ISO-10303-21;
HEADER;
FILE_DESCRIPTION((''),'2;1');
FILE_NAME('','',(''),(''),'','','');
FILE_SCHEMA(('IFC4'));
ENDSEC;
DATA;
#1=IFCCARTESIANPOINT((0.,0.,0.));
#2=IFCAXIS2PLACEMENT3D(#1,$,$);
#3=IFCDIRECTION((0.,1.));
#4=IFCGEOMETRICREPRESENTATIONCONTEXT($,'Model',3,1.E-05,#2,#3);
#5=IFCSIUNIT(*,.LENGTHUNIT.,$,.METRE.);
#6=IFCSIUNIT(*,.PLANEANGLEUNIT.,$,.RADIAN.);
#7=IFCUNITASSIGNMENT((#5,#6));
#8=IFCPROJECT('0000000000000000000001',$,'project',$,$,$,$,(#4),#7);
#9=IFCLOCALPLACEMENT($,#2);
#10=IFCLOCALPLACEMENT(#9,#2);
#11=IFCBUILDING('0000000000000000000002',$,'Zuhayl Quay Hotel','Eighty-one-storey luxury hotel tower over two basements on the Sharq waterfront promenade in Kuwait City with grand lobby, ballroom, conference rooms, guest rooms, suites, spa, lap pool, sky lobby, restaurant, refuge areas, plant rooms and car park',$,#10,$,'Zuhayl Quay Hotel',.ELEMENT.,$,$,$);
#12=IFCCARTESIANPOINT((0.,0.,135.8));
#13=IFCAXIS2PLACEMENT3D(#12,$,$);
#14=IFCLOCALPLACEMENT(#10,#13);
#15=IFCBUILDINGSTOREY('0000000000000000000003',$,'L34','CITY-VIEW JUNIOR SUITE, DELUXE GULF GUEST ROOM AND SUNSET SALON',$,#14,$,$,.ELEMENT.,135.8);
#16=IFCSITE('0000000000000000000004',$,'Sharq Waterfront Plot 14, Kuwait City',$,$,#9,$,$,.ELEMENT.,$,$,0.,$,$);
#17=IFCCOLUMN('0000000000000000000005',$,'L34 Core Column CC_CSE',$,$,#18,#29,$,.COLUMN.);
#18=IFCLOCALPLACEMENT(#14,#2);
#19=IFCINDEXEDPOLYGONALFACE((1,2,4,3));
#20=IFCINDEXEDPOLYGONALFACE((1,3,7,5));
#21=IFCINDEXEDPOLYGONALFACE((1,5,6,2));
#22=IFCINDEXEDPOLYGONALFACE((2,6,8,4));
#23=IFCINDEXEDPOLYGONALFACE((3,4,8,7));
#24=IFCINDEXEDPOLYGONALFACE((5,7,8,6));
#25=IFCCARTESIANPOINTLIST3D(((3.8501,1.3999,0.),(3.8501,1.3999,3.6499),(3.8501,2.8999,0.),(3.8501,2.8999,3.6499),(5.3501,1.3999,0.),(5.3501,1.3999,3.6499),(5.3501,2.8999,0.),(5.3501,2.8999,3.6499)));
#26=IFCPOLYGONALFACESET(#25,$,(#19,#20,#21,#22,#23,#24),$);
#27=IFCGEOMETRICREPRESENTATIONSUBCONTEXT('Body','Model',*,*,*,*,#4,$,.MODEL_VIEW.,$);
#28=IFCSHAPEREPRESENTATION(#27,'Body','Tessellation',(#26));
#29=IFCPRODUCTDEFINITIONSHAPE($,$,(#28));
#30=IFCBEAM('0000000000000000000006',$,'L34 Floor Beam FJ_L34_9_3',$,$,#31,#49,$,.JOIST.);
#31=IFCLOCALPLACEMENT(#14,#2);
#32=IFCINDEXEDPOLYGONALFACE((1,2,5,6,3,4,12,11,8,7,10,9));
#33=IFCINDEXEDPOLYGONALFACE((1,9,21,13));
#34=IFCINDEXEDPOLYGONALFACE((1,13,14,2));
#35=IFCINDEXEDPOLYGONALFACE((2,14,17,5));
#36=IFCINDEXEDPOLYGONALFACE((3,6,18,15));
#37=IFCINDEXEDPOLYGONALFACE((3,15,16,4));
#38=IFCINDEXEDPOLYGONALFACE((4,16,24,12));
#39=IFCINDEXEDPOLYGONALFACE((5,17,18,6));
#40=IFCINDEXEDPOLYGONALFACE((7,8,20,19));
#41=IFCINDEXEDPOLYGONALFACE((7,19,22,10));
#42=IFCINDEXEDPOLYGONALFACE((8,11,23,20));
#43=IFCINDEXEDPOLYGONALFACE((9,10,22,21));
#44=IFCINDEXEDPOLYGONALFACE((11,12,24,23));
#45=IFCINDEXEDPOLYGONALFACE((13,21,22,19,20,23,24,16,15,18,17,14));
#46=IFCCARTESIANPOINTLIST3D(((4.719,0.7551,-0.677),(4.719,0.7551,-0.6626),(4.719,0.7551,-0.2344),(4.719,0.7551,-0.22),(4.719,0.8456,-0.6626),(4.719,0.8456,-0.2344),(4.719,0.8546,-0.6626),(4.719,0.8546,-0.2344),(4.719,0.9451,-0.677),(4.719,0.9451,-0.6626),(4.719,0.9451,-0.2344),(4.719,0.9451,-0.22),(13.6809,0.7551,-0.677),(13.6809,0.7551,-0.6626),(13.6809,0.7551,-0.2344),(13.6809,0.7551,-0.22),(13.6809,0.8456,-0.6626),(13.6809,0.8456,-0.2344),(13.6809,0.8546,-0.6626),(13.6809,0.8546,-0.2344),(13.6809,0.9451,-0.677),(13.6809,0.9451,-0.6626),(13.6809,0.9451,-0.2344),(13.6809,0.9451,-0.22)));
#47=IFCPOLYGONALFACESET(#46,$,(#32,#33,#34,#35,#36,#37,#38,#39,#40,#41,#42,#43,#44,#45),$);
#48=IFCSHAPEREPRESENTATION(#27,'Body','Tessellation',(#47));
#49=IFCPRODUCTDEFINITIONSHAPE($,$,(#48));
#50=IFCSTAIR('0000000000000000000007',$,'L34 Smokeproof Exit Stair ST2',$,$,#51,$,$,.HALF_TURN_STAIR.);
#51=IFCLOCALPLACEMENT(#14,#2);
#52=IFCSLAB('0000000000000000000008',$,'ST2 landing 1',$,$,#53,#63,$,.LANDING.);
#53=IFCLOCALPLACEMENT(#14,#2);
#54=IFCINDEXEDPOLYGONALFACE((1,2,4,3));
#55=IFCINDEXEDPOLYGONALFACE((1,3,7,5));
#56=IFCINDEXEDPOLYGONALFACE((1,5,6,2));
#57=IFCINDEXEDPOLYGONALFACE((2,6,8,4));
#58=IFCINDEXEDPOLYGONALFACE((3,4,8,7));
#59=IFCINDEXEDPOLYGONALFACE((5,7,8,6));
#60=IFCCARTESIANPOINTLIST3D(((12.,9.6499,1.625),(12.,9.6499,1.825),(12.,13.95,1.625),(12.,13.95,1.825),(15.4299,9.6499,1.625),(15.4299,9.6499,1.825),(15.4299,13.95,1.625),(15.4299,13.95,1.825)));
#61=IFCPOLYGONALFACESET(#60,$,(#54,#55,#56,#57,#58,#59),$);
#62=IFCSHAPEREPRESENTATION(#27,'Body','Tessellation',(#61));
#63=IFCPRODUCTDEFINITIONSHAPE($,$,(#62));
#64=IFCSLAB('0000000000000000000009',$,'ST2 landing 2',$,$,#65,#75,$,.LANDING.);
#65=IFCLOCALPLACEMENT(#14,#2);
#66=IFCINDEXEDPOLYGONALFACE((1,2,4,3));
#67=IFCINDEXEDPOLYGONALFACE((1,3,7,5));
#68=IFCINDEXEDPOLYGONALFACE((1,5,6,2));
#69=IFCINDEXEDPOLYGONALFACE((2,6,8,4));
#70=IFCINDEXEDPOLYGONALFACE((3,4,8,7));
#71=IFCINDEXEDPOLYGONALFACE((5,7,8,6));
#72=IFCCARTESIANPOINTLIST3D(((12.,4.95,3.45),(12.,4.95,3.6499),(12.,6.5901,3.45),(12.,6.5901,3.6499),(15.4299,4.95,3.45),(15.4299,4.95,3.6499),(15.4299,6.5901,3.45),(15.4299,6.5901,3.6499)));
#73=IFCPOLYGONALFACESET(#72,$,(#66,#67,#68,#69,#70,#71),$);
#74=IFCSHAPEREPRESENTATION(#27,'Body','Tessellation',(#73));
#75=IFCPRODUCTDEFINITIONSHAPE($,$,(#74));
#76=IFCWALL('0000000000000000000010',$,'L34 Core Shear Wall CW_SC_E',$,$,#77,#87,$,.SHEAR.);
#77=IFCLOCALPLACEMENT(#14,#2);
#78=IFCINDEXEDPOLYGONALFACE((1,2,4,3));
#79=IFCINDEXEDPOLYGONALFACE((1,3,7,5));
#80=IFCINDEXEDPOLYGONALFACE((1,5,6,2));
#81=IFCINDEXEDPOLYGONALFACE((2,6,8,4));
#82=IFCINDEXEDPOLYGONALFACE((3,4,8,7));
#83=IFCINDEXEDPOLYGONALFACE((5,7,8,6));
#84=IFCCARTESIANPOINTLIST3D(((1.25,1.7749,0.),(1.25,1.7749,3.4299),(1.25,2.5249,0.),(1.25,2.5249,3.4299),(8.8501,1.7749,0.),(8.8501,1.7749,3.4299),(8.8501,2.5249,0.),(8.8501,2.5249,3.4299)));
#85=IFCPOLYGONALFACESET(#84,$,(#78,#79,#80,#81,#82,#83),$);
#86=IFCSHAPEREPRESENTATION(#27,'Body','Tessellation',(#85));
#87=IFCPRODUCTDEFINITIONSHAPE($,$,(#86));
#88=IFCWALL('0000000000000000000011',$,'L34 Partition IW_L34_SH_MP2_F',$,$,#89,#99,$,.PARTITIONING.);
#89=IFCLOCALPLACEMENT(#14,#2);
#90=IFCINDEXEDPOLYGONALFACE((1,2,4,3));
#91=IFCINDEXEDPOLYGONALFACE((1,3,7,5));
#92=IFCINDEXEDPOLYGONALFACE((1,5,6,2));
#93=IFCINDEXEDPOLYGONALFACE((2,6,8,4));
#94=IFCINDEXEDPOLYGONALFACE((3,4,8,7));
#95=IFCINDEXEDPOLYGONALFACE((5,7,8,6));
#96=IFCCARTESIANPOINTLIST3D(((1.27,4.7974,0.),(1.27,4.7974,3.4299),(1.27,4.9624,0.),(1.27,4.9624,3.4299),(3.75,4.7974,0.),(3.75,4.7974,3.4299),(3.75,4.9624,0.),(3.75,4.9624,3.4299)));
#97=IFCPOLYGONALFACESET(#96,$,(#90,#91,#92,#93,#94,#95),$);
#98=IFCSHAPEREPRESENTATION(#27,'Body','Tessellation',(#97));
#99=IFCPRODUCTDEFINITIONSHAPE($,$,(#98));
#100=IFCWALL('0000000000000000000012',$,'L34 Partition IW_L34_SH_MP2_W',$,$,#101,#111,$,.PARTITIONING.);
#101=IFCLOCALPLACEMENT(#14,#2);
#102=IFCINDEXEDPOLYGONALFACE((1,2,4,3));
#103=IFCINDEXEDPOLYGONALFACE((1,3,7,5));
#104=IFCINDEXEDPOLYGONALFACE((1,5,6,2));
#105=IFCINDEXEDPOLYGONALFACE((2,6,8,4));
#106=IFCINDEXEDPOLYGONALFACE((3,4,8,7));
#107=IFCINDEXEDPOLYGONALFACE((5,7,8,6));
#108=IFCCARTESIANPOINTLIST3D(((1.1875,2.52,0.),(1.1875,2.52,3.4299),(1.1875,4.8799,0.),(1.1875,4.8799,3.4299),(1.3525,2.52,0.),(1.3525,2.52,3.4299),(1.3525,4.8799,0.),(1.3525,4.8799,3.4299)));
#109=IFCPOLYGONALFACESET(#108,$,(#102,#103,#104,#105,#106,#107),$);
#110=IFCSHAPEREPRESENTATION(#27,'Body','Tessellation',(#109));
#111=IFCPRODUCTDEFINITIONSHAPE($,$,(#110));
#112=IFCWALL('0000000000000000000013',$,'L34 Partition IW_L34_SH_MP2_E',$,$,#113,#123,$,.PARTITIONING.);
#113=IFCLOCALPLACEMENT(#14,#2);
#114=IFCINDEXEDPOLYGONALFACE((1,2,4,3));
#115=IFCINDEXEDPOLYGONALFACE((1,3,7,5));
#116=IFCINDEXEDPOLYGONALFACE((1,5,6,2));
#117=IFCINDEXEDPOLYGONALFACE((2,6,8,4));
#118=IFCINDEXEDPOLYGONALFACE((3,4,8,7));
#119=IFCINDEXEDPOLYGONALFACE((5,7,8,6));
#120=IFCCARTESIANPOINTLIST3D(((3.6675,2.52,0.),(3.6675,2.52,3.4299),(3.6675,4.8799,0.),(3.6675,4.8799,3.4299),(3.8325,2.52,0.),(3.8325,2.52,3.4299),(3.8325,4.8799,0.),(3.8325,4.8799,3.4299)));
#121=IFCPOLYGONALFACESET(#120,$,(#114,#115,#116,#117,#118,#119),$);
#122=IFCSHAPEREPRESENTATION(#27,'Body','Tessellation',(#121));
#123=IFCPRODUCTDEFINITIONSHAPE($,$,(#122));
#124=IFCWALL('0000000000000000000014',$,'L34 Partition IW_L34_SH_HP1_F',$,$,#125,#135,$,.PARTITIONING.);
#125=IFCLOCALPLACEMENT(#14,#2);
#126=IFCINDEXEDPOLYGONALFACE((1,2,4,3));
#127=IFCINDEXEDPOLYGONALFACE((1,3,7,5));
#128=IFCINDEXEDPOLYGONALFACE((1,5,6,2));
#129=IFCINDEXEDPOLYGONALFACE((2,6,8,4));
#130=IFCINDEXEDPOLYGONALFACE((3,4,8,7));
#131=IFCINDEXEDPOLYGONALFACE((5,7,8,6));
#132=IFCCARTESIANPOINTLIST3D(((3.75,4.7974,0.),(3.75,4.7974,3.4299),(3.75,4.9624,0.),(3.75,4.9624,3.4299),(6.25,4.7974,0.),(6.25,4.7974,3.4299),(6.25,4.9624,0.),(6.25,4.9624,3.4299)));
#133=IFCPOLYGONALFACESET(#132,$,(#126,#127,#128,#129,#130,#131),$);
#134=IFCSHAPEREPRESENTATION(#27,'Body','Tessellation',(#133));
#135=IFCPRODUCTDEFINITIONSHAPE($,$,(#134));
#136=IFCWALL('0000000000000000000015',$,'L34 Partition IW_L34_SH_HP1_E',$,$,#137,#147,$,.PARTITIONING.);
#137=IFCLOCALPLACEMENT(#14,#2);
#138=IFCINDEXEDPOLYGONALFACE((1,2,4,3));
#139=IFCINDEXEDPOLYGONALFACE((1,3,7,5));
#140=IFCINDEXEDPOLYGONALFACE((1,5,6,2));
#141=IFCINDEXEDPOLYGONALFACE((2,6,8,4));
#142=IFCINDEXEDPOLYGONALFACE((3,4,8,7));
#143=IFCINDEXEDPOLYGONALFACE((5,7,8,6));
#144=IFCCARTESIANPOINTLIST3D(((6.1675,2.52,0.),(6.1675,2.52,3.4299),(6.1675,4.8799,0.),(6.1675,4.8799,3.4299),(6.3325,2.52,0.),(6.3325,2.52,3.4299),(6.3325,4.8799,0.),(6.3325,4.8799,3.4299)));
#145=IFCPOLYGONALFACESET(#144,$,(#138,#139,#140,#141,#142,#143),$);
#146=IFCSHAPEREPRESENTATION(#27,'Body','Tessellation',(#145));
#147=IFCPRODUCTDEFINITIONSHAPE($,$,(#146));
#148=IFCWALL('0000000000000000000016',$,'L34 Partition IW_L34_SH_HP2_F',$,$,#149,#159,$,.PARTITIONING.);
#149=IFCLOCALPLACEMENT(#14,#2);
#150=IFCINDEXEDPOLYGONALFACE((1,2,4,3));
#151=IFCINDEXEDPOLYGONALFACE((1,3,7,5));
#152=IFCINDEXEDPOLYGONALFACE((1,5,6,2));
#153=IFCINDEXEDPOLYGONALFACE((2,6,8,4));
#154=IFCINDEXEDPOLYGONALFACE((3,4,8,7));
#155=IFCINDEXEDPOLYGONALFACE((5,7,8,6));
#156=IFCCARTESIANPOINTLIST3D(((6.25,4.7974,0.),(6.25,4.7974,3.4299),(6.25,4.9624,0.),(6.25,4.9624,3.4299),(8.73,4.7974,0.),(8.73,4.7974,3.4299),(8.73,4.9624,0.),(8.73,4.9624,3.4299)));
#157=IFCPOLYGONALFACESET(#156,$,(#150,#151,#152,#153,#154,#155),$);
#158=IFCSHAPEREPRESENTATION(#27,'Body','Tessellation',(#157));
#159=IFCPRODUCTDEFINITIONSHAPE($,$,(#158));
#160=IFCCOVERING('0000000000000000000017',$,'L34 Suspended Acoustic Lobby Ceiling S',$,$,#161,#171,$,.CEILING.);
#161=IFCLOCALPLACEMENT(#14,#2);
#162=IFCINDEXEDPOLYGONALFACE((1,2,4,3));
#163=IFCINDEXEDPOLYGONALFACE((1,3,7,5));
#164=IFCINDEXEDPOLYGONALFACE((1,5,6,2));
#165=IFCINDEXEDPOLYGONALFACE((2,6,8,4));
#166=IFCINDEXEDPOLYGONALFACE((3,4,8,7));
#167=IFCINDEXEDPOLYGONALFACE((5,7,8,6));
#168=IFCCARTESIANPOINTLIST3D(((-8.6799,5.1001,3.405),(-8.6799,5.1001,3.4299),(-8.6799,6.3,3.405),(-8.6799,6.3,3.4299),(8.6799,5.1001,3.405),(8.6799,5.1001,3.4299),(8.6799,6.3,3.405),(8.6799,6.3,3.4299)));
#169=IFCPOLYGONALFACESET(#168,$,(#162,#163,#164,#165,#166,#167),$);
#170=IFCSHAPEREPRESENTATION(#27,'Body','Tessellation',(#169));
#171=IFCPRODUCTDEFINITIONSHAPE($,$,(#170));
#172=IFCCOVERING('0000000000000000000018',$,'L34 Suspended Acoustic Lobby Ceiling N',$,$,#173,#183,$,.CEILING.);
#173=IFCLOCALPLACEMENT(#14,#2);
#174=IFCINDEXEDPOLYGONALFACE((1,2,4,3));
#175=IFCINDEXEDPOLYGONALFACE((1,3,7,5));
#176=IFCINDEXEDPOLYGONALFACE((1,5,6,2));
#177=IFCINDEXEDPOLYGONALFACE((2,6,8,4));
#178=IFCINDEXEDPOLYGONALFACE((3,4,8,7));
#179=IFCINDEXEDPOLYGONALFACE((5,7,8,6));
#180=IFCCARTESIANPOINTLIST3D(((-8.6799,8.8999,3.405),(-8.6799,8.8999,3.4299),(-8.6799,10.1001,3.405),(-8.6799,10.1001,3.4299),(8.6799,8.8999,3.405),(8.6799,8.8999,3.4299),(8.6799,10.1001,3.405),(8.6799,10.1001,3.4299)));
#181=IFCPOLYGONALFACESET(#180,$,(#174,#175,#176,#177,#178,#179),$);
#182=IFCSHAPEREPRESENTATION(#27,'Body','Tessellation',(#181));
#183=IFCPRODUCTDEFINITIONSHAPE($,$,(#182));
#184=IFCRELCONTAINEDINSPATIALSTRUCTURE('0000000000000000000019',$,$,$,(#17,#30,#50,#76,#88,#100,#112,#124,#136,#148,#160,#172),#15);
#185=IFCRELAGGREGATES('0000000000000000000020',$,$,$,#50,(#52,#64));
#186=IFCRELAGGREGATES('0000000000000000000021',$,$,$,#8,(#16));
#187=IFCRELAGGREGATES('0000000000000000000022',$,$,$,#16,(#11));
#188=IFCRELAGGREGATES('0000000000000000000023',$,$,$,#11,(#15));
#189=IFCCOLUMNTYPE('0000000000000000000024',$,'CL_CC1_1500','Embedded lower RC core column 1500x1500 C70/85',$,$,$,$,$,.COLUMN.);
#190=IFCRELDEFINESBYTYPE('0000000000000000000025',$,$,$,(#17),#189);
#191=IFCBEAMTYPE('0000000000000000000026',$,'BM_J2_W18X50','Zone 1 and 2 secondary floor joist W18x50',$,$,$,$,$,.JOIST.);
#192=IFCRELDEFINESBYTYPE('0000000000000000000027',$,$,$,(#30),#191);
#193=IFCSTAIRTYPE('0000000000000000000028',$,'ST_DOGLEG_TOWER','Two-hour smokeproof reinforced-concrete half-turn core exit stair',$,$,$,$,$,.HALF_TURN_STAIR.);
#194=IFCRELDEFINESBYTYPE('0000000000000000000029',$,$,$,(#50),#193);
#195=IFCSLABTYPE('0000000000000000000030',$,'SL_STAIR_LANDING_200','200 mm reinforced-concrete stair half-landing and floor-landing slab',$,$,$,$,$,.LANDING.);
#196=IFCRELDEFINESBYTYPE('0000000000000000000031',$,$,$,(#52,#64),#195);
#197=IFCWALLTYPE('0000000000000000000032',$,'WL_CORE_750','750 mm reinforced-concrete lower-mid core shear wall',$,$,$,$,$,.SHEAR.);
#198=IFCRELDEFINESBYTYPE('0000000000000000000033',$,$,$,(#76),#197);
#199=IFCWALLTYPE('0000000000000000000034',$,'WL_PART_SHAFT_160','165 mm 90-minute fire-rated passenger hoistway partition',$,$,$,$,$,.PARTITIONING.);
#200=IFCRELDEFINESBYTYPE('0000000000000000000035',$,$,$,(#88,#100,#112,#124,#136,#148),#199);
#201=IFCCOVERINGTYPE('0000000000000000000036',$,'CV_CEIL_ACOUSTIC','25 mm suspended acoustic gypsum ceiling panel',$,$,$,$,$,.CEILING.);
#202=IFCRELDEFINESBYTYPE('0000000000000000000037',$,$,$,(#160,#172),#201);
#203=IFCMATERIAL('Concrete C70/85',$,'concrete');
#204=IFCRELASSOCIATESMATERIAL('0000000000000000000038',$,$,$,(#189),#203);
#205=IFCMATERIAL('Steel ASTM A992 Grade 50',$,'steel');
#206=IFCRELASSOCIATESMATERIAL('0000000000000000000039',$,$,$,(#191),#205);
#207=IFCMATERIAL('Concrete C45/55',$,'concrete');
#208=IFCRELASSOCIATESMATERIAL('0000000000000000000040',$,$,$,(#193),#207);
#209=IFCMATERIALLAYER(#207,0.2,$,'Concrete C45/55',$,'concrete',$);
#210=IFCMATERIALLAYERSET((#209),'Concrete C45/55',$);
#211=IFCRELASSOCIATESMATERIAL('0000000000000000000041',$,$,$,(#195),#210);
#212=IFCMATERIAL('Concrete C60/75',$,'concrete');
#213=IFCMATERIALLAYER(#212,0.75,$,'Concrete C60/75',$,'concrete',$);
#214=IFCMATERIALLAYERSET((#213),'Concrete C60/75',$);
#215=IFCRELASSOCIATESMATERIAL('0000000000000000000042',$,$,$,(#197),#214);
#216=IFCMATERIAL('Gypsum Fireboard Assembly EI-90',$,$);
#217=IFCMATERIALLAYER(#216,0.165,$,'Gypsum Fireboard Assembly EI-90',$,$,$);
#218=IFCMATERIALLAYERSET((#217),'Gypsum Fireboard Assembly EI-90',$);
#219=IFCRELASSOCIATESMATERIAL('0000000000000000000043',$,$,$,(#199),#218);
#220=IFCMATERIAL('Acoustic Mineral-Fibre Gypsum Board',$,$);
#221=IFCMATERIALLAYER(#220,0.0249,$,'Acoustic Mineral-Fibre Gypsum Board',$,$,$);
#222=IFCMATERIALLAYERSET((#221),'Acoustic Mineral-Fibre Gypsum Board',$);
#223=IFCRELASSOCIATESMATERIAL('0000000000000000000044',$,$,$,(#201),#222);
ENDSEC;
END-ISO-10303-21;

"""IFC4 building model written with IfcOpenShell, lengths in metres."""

from ifc_helpers import new_model, si_unit, direction, frame, frame_2d, origin, origin_2d, place, context, subcontext, project, spatial, polyline, rectangle, i_section, outline, extrude, material, layer, layer_set, material_profile, profile_set, type_object, element, aggregate, save


model = new_model("IFC4")

# Units and contexts
model_context = context("Model", 3, precision=1e-05, world=origin(), true_north=direction((0.0, 1.0)))
body_context = subcontext(model_context, "Body", "Model", "MODEL_VIEW")
ifc_project = project(units=[si_unit("LENGTHUNIT", "METRE"), si_unit("PLANEANGLEUNIT", "RADIAN")], contexts=[model_context])

# Site, building, storey
site_placement = place(None, origin())
site = spatial("IfcSite", under=ifc_project, at=site_placement, Name="Sharq Waterfront Plot 14, Kuwait City", CompositionType="ELEMENT", RefElevation=0.0)
building_placement = place(site_placement, origin())
building = spatial("IfcBuilding", under=site, at=building_placement, Name="Zuhayl Quay Hotel", Description="Eighty-one-storey luxury hotel tower over two basements on the Sharq waterfront promenade in Kuwait City with grand lobby, ballroom, conference rooms, guest rooms, suites, spa, lap pool, sky lobby, restaurant, refuge areas, plant rooms and car park", LongName="Zuhayl Quay Hotel", CompositionType="ELEMENT")
storey_placement = place(building_placement, frame((0.0, 0.0, 135.8)))
storey = spatial("IfcBuildingStorey", under=building, at=storey_placement, Name="L34", Description="CITY-VIEW JUNIOR SUITE, DELUXE GULF GUEST ROOM AND SUNSET SALON", CompositionType="ELEMENT", Elevation=135.8)

# Column
ifc_material_1 = material(Name="Concrete C70/85", Category="concrete")
ifc_material_profile_1 = material_profile(ifc_material_1, rectangle(XDim=1.5, YDim=1.5, at=origin_2d()), Name="RC1500X1500")
ifc_profile_set_1 = profile_set([ifc_material_profile_1], Name="Concrete C70/85")
column_type = type_object("IfcColumnType", Name="CL_CC1_1500", Description="Embedded lower RC core column 1500x1500 C70/85", PredefinedType="COLUMN", material=ifc_profile_set_1)
column_placement = place(storey_placement, frame((4.6001, 2.1499, 0.0), z_axis=(0.0, 0.0, 1.0), x_axis=(1.0, 0.0, 0.0)))
element("IfcColumn", 1, at=column_placement, inside=storey, type_object=column_type, Name="L34 Core Column CC_CSE", PredefinedType="COLUMN", context=body_context, shape_type="SweptSolid", body=[
    extrude(rectangle(XDim=1.5, YDim=1.5, at=origin_2d()), origin(), (0.0, 0.0, 1.0), 3.6499),
])

# Beam
ifc_material_2 = material(Name="Steel ASTM A992 Grade 50", Category="steel")
ifc_material_profile_2 = material_profile(ifc_material_2, i_section(OverallWidth=0.1899, OverallDepth=0.457, WebThickness=0.009, FlangeThickness=0.0144, at=origin_2d()), Name="W18X50")
ifc_profile_set_2 = profile_set([ifc_material_profile_2], Name="Steel ASTM A992 Grade 50")
beam_type = type_object("IfcBeamType", Name="BM_J2_W18X50", Description="Zone 1 and 2 secondary floor joist W18x50", PredefinedType="JOIST", material=ifc_profile_set_2)
beam_placement = place(storey_placement, frame((4.719, 0.8501, -0.4485), z_axis=(1.0, 0.0, 0.0), x_axis=(0.0, 1.0, 0.0)))
element("IfcBeam", 2, at=beam_placement, inside=storey, type_object=beam_type, Name="L34 Floor Beam FJ_L34_9_3", PredefinedType="JOIST", context=body_context, shape_type="SweptSolid", body=[
    extrude(i_section(OverallWidth=0.1899, OverallDepth=0.457, WebThickness=0.009, FlangeThickness=0.0144, at=origin_2d()), origin(), (0.0, 0.0, 1.0), 8.9619),
])

# Stair, slabs
ifc_material_3 = material(Name="Concrete C45/55", Category="concrete")
stair_type = type_object("IfcStairType", Name="ST_DOGLEG_TOWER", Description="Two-hour smokeproof reinforced-concrete half-turn core exit stair", PredefinedType="HALF_TURN_STAIR", material=ifc_material_3)
stair_placement = place(storey_placement, origin())
stair = element("IfcStair", 3, at=stair_placement, inside=storey, type_object=stair_type, Name="L34 Smokeproof Exit Stair ST2", PredefinedType="HALF_TURN_STAIR")
ifc_layer_1 = layer(ifc_material_3, 0.2, Name="Concrete C45/55", Category="concrete")
ifc_layer_set_1 = layer_set([ifc_layer_1], Name="Concrete C45/55")
slab_type = type_object("IfcSlabType", Name="SL_STAIR_LANDING_200", Description="200 mm reinforced-concrete stair half-landing and floor-landing slab", PredefinedType="LANDING", material=ifc_layer_set_1)
slab_1_placement = place(storey_placement, frame((0.0, 0.0, 1.625)))
slab_1 = element("IfcSlab", 4, at=slab_1_placement, type_object=slab_type, Name="ST2 landing 1", PredefinedType="LANDING", context=body_context, shape_type="SweptSolid", body=[
    extrude(outline(polyline([(15.4299, 9.6499), (15.4299, 13.95), (12.0, 13.95), (12.0, 9.6499), (15.4299, 9.6499)])), origin(), (0.0, 0.0, 1.0), 0.2),
])
slab_2_placement = place(storey_placement, frame((0.0, 0.0, 3.45)))
slab_2 = element("IfcSlab", 5, at=slab_2_placement, type_object=slab_type, Name="ST2 landing 2", PredefinedType="LANDING", context=body_context, shape_type="SweptSolid", body=[
    extrude(outline(polyline([(15.4299, 4.95), (15.4299, 6.5901), (12.0, 6.5901), (12.0, 4.95), (15.4299, 4.95)])), origin(), (0.0, 0.0, 1.0), 0.2),
])
aggregate(stair, [slab_1, slab_2])

# Walls
ifc_material_4 = material(Name="Concrete C60/75", Category="concrete")
ifc_layer_2 = layer(ifc_material_4, 0.75, Name="Concrete C60/75", Category="concrete")
ifc_layer_set_2 = layer_set([ifc_layer_2], Name="Concrete C60/75")
wall_type_1 = type_object("IfcWallType", Name="WL_CORE_750", Description="750 mm reinforced-concrete lower-mid core shear wall", PredefinedType="SHEAR", material=ifc_layer_set_2)
wall_1_placement = place(storey_placement, frame((1.25, 2.1499, 0.0), z_axis=(0.0, 0.0, 1.0), x_axis=(1.0, 0.0, 0.0)))
element("IfcWall", 6, at=wall_1_placement, inside=storey, type_object=wall_type_1, Name="L34 Core Shear Wall CW_SC_E", PredefinedType="SHEAR", context=body_context, shape_type="SweptSolid", body=[
    extrude(rectangle(XDim=7.6001, YDim=0.75, at=frame_2d((3.8, 0.0))), origin(), (0.0, 0.0, 1.0), 3.4299),
])
ifc_material_5 = material(Name="Gypsum Fireboard Assembly EI-90")
ifc_layer_3 = layer(ifc_material_5, 0.165, Name="Gypsum Fireboard Assembly EI-90")
ifc_layer_set_3 = layer_set([ifc_layer_3], Name="Gypsum Fireboard Assembly EI-90")
wall_type_2 = type_object("IfcWallType", Name="WL_PART_SHAFT_160", Description="165 mm 90-minute fire-rated passenger hoistway partition", PredefinedType="PARTITIONING", material=ifc_layer_set_3)
wall_2_placement = place(storey_placement, frame((1.27, 4.8799, 0.0), z_axis=(0.0, 0.0, 1.0), x_axis=(1.0, 0.0, 0.0)))
element("IfcWall", 7, at=wall_2_placement, inside=storey, type_object=wall_type_2, Name="L34 Partition IW_L34_SH_MP2_F", PredefinedType="PARTITIONING", context=body_context, shape_type="SweptSolid", body=[
    extrude(rectangle(XDim=2.48, YDim=0.165, at=frame_2d((1.24, 0.0))), origin(), (0.0, 0.0, 1.0), 3.4299),
])
for number, where, z_axis, x_axis, name in (
    (8, (1.27, 2.52, 0.0), (0.0, 0.0, 1.0), (0.0, 1.0, 0.0), "L34 Partition IW_L34_SH_MP2_W"),
    (9, (3.75, 2.52, 0.0), (0.0, 0.0, 1.0), (0.0, 1.0, 0.0), "L34 Partition IW_L34_SH_MP2_E"),
):
    element("IfcWall", number, at=place(storey_placement, frame(where, z_axis=z_axis, x_axis=x_axis)), inside=storey, type_object=wall_type_2, Name=name, PredefinedType="PARTITIONING", context=body_context, shape_type="SweptSolid", body=[
        extrude(rectangle(XDim=2.3599, YDim=0.165, at=frame_2d((1.1799, 0.0))), origin(), (0.0, 0.0, 1.0), 3.4299),
    ])
wall_3_placement = place(storey_placement, frame((3.75, 4.8799, 0.0), z_axis=(0.0, 0.0, 1.0), x_axis=(1.0, 0.0, 0.0)))
element("IfcWall", 10, at=wall_3_placement, inside=storey, type_object=wall_type_2, Name="L34 Partition IW_L34_SH_HP1_F", PredefinedType="PARTITIONING", context=body_context, shape_type="SweptSolid", body=[
    extrude(rectangle(XDim=2.5, YDim=0.165, at=frame_2d((1.25, 0.0))), origin(), (0.0, 0.0, 1.0), 3.4299),
])
wall_4_placement = place(storey_placement, frame((6.25, 2.52, 0.0), z_axis=(0.0, 0.0, 1.0), x_axis=(0.0, 1.0, 0.0)))
element("IfcWall", 11, at=wall_4_placement, inside=storey, type_object=wall_type_2, Name="L34 Partition IW_L34_SH_HP1_E", PredefinedType="PARTITIONING", context=body_context, shape_type="SweptSolid", body=[
    extrude(rectangle(XDim=2.3599, YDim=0.165, at=frame_2d((1.1799, 0.0))), origin(), (0.0, 0.0, 1.0), 3.4299),
])
wall_5_placement = place(storey_placement, frame((6.25, 4.8799, 0.0), z_axis=(0.0, 0.0, 1.0), x_axis=(1.0, 0.0, 0.0)))
element("IfcWall", 12, at=wall_5_placement, inside=storey, type_object=wall_type_2, Name="L34 Partition IW_L34_SH_HP2_F", PredefinedType="PARTITIONING", context=body_context, shape_type="SweptSolid", body=[
    extrude(rectangle(XDim=2.48, YDim=0.165, at=frame_2d((1.24, 0.0))), origin(), (0.0, 0.0, 1.0), 3.4299),
])

# Coverings
ifc_material_6 = material(Name="Acoustic Mineral-Fibre Gypsum Board")
ifc_layer_4 = layer(ifc_material_6, 0.0249, Name="Acoustic Mineral-Fibre Gypsum Board")
ifc_layer_set_4 = layer_set([ifc_layer_4], Name="Acoustic Mineral-Fibre Gypsum Board")
covering_type_1 = type_object("IfcCoveringType", Name="CV_CEIL_ACOUSTIC", Description="25 mm suspended acoustic gypsum ceiling panel", PredefinedType="CEILING", material=ifc_layer_set_4)
covering_1_placement = place(storey_placement, frame((0.0, 0.0, 3.405)))
element("IfcCovering", 13, at=covering_1_placement, inside=storey, type_object=covering_type_1, Name="L34 Suspended Acoustic Lobby Ceiling S", PredefinedType="CEILING", context=body_context, shape_type="SweptSolid", body=[
    extrude(outline(polyline([(-8.6799, 5.1001), (8.6799, 5.1001), (8.6799, 6.3), (-8.6799, 6.3), (-8.6799, 5.1001)])), origin(), (0.0, 0.0, 1.0), 0.0249),
])
covering_2_placement = place(storey_placement, frame((0.0, 0.0, 3.405)))
element("IfcCovering", 14, at=covering_2_placement, inside=storey, type_object=covering_type_1, Name="L34 Suspended Acoustic Lobby Ceiling N", PredefinedType="CEILING", context=body_context, shape_type="SweptSolid", body=[
    extrude(outline(polyline([(-8.6799, 8.8999), (8.6799, 8.8999), (8.6799, 10.1001), (-8.6799, 10.1001), (-8.6799, 8.8999)])), origin(), (0.0, 0.0, 1.0), 0.0249),
])

save(model, "model.ifc")
